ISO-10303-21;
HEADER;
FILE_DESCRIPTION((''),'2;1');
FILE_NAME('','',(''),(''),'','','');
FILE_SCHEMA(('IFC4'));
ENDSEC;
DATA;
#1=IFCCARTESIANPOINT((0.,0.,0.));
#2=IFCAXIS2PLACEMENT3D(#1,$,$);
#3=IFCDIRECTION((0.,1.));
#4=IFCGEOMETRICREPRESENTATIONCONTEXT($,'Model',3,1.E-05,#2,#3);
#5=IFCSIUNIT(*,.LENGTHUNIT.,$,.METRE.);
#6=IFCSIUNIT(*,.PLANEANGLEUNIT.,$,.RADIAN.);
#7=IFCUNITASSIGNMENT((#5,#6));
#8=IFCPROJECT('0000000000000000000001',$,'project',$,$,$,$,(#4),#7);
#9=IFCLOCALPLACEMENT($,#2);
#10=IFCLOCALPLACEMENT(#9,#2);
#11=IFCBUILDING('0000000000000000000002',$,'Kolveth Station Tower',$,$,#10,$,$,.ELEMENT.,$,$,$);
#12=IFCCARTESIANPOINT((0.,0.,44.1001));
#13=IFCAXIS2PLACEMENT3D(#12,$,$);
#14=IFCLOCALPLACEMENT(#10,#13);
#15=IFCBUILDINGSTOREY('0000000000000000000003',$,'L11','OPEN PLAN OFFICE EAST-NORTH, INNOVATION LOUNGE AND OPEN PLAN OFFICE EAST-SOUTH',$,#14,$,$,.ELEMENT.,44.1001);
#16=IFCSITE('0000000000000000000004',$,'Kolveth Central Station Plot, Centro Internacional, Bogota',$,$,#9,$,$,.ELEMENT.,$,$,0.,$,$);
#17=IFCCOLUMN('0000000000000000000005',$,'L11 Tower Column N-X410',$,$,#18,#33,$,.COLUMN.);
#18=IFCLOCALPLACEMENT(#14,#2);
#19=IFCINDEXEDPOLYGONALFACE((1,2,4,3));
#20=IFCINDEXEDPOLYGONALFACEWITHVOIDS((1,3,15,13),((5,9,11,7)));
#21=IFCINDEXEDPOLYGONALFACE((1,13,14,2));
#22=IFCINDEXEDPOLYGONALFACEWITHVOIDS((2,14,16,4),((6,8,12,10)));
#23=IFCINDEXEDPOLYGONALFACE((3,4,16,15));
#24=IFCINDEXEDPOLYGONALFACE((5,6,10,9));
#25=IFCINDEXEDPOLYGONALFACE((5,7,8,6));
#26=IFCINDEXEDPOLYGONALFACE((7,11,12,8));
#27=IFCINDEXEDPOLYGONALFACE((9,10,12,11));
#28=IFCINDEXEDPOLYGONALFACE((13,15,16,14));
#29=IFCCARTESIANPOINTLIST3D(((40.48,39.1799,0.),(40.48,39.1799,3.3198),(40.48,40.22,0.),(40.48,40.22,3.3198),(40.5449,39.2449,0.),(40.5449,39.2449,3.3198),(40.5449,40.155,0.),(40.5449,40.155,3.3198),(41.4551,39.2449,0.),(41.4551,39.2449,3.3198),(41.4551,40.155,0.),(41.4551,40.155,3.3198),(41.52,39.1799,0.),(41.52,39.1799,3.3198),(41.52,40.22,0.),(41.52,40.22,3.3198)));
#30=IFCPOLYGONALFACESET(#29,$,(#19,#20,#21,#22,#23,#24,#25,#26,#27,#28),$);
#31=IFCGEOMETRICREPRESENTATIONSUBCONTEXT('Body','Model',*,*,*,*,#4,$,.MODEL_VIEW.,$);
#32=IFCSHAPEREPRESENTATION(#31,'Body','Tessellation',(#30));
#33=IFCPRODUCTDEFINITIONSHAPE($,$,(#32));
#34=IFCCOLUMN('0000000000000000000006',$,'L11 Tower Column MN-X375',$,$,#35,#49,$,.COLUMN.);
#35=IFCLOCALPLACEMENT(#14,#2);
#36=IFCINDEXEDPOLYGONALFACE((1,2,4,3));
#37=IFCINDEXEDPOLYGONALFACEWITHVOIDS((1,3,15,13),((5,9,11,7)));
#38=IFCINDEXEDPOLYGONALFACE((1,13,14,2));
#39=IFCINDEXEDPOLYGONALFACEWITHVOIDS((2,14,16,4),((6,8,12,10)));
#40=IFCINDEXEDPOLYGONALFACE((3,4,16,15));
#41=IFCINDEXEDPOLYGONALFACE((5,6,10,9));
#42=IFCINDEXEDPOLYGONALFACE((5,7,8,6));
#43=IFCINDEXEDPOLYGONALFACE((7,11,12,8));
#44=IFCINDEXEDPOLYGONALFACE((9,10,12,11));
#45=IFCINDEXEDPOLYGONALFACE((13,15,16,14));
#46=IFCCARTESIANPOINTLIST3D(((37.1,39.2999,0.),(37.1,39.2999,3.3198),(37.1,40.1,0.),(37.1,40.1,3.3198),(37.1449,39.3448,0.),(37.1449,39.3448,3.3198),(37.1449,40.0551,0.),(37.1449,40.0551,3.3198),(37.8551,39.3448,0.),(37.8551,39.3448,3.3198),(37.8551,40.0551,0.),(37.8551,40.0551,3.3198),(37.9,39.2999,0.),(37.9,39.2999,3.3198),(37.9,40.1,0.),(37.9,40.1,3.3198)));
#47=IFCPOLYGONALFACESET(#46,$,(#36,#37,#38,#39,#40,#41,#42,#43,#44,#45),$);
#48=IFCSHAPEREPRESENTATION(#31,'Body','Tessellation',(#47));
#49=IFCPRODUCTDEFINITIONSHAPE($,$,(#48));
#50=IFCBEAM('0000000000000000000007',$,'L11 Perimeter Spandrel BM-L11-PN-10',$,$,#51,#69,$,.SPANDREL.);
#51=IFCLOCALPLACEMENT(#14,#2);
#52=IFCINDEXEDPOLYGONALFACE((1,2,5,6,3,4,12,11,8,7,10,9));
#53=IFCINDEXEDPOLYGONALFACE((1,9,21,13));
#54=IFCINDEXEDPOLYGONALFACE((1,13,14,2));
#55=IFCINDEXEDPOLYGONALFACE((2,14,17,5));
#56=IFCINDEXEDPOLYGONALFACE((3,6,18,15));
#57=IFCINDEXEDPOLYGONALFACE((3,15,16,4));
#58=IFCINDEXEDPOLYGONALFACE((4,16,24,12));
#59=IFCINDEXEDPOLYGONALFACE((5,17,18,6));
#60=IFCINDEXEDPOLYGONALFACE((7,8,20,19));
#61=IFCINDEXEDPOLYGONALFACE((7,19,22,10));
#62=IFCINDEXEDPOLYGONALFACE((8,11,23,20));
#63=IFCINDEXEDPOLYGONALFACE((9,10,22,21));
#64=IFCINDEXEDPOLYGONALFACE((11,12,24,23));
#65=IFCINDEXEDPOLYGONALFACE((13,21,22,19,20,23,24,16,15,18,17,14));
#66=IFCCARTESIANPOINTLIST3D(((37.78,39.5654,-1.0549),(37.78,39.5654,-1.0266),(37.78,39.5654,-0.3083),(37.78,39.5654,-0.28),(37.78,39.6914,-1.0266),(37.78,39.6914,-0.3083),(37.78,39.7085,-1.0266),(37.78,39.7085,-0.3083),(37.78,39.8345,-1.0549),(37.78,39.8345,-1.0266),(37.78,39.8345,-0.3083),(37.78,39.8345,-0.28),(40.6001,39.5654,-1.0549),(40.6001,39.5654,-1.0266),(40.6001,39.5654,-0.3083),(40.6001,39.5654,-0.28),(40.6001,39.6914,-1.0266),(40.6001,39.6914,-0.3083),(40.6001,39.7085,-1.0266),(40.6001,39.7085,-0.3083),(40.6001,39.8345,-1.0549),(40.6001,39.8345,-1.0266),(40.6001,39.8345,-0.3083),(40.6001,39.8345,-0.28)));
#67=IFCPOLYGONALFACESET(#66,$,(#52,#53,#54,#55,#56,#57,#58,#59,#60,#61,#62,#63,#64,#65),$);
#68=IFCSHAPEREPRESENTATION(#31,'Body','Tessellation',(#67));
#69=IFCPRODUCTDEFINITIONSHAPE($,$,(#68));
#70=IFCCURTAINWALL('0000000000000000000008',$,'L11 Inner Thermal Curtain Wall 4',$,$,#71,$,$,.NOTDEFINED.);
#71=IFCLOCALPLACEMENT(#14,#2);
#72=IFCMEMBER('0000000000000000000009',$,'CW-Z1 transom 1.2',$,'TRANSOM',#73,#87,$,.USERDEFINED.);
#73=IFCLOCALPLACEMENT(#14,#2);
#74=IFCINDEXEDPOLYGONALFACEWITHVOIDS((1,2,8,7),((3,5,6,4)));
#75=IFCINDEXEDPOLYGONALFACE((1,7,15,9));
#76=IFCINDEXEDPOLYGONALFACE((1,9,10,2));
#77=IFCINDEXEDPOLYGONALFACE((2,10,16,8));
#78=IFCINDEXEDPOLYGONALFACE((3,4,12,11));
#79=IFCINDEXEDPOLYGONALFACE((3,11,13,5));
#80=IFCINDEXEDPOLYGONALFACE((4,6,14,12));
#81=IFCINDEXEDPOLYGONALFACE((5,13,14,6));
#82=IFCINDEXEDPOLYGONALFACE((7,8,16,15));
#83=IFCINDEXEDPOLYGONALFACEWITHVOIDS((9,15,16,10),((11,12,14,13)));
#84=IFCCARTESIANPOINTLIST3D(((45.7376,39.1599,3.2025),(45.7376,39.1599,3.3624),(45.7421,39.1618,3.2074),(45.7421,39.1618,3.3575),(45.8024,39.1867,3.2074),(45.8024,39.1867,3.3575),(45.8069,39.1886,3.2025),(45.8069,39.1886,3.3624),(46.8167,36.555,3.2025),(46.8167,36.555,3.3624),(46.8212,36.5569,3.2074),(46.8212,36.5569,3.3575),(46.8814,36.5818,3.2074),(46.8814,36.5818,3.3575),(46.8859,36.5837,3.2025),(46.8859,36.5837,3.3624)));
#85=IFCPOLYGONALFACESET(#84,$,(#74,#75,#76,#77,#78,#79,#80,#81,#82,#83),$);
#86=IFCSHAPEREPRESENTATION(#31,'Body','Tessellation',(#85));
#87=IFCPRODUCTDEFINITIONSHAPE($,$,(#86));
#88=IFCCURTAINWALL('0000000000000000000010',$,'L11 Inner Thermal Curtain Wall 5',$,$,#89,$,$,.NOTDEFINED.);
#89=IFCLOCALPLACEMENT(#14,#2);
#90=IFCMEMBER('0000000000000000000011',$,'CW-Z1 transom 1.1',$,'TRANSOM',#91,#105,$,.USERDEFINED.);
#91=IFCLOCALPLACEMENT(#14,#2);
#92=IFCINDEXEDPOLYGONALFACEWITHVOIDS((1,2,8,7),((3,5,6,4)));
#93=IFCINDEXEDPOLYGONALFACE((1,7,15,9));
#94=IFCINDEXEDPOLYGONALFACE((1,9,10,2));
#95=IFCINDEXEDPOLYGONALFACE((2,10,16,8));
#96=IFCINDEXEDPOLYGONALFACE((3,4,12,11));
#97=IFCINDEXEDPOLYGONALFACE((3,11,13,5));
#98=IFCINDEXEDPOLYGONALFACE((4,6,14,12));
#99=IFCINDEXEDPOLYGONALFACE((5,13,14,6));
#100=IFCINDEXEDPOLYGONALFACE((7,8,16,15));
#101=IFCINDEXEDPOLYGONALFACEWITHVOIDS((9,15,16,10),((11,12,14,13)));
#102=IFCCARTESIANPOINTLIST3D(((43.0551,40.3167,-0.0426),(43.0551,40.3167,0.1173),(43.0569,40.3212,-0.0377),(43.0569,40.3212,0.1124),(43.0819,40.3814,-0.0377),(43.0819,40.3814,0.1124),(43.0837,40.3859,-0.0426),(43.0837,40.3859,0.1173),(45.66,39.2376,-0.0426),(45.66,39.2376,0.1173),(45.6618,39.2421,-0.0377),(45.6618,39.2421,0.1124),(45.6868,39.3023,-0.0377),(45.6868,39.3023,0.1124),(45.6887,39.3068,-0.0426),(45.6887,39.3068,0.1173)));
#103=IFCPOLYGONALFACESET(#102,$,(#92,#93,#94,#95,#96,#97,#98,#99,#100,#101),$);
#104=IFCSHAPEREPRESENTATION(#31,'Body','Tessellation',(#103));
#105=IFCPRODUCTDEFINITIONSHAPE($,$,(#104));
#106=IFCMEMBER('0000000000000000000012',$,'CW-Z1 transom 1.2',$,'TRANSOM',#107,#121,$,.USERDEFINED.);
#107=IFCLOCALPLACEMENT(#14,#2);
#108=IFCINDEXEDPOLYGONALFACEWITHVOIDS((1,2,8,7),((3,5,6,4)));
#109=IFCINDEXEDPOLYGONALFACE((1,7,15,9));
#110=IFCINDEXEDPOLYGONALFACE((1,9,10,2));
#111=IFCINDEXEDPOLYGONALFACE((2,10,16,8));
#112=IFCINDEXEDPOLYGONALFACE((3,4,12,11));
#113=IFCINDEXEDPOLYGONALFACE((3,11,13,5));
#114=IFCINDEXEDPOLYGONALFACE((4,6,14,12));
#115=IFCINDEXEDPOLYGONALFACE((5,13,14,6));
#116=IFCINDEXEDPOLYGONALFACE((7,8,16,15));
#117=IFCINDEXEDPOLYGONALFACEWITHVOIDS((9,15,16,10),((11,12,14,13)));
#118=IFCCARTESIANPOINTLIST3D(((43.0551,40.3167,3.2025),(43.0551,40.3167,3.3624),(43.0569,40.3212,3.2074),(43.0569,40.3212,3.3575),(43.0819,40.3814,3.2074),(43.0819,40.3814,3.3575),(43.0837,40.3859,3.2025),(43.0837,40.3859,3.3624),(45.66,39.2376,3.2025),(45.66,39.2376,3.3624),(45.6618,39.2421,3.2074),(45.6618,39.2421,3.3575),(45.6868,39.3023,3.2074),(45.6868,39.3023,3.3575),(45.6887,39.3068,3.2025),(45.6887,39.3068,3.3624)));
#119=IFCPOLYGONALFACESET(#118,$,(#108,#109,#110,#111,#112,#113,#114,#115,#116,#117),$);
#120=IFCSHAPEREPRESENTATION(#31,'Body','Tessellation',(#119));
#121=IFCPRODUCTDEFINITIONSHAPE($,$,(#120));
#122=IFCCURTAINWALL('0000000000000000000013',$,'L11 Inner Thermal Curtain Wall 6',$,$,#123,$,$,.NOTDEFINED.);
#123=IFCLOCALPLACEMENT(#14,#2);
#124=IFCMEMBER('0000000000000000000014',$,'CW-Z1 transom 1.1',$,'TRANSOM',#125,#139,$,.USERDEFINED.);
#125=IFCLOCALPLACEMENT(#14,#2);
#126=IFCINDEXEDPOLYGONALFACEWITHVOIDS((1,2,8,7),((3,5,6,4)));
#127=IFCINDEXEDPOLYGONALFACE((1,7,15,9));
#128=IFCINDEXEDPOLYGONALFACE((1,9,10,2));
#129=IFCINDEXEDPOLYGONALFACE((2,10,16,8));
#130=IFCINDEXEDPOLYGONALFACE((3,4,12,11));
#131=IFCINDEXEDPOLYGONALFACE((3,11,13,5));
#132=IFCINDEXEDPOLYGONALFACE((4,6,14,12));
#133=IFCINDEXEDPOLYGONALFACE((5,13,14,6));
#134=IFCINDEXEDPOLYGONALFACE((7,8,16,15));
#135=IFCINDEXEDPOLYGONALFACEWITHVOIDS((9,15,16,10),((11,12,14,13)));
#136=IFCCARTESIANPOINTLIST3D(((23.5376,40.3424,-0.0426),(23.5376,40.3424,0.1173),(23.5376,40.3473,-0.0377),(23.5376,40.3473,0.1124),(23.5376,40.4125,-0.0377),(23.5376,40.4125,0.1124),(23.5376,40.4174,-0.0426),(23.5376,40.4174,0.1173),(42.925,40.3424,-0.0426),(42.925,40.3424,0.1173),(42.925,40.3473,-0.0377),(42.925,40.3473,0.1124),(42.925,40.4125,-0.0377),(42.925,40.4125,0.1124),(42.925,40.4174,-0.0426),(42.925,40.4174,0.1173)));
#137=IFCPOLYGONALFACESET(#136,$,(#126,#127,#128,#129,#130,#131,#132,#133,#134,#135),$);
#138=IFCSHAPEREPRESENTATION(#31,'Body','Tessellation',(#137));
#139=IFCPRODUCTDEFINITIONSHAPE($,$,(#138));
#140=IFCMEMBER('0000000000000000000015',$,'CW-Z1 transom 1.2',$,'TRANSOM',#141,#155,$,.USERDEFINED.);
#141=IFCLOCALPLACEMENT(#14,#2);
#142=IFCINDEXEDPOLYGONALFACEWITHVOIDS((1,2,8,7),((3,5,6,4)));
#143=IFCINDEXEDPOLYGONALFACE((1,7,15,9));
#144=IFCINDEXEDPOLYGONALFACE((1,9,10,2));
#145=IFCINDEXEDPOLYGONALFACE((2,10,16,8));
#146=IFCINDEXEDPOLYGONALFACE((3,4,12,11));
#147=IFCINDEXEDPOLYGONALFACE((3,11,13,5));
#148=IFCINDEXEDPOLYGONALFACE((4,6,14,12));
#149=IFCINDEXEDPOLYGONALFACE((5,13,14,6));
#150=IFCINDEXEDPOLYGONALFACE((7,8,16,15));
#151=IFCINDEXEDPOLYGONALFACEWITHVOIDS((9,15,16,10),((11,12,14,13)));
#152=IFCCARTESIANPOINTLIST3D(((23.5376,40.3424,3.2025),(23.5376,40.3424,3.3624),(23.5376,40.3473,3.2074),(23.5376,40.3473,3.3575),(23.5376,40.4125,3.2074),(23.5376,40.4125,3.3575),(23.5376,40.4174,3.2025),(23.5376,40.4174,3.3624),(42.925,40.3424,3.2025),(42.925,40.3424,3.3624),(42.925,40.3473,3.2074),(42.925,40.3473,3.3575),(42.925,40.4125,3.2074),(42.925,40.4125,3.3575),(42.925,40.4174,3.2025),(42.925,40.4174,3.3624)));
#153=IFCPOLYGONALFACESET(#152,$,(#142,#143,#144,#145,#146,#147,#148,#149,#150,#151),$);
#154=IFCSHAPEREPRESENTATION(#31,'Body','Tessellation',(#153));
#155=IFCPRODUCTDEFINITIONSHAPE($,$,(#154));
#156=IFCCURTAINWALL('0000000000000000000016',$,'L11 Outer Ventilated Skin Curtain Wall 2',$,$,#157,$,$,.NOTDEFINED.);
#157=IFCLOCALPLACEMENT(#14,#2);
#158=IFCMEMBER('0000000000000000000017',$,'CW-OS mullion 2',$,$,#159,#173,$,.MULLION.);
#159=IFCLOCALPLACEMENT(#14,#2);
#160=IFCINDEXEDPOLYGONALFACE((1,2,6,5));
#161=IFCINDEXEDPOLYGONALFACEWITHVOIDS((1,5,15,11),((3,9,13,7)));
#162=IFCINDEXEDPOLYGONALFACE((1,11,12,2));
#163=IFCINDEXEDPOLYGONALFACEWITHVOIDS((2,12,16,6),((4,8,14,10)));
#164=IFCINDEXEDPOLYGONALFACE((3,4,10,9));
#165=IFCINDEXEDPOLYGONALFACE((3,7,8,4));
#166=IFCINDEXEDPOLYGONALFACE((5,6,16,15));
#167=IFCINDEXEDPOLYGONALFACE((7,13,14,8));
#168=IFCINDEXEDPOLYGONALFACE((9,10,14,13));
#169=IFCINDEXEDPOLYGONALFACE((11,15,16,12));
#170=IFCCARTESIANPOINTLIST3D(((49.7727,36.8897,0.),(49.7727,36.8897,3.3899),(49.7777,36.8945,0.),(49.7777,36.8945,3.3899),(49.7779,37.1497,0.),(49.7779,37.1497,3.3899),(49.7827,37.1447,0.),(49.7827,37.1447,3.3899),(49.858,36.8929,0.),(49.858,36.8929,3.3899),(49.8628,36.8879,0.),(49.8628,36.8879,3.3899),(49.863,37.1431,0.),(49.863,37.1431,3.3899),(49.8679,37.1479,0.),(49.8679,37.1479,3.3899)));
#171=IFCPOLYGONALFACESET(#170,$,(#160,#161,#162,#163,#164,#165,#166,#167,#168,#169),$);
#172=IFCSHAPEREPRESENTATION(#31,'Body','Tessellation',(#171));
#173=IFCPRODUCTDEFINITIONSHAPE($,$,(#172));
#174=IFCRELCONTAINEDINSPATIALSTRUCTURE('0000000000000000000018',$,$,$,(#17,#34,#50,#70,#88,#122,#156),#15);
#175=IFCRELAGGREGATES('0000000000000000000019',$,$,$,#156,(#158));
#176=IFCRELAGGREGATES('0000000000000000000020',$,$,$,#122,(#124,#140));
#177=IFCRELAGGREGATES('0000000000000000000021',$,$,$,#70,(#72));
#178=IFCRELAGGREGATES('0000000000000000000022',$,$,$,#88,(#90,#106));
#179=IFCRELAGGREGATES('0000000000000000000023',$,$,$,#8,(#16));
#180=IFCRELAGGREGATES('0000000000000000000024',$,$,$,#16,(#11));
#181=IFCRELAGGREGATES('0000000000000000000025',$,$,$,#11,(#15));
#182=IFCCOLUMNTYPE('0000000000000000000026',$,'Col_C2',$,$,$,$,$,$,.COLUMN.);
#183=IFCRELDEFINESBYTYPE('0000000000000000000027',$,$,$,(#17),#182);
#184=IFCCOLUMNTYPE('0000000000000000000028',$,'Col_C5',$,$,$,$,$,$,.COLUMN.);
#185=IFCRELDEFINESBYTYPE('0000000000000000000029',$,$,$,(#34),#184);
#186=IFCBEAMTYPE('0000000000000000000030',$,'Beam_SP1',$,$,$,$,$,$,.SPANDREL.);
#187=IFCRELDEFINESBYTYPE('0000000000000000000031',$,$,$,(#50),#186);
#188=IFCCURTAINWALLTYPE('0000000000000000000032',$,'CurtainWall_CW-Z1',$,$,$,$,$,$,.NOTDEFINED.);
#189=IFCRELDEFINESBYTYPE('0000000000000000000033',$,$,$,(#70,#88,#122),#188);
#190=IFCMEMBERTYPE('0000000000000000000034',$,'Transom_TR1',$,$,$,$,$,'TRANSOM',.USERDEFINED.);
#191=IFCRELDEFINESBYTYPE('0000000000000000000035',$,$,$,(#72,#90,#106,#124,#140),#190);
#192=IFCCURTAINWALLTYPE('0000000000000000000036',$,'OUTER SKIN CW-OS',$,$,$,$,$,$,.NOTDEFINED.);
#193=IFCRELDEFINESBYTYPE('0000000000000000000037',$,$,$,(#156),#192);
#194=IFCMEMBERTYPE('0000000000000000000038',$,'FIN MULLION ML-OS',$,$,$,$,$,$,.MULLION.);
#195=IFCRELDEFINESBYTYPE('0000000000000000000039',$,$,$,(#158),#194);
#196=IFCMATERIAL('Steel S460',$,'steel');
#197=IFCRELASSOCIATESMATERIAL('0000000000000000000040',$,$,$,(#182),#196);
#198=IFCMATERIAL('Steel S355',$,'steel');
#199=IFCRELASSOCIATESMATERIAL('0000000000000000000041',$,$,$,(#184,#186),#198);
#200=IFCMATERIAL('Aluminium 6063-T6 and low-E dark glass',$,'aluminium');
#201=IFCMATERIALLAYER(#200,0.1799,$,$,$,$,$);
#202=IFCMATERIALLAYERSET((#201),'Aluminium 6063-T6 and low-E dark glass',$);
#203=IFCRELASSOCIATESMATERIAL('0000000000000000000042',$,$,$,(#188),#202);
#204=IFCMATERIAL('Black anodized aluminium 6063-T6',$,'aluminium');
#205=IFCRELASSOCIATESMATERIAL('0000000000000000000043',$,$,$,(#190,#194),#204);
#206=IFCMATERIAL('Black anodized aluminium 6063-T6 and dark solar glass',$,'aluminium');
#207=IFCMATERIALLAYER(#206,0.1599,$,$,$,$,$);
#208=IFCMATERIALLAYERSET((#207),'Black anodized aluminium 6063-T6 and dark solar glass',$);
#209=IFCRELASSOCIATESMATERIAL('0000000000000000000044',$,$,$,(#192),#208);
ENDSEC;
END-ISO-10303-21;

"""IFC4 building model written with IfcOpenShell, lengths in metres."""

from ifc_helpers import new_model, si_unit, direction, frame, origin, origin_2d, place, context, subcontext, project, spatial, hollow_rectangle, i_section, extrude, source, transform, mapped, material, layer, layer_set, material_profile, profile_set, type_object, element, aggregate, save


model = new_model("IFC4")

# Units and contexts
model_context = context("Model", 3, precision=1e-05, world=origin(), true_north=direction((0.0, 1.0)))
body_context = subcontext(model_context, "Body", "Model", "MODEL_VIEW")
ifc_project = project(units=[si_unit("LENGTHUNIT", "METRE"), si_unit("PLANEANGLEUNIT", "RADIAN")], contexts=[model_context])

# Site, building, storey
site_placement = place(None, origin())
site = spatial("IfcSite", under=ifc_project, at=site_placement, Name="Kolveth Central Station Plot, Centro Internacional, Bogota", CompositionType="ELEMENT", RefElevation=0.0)
building_placement = place(site_placement, origin())
building = spatial("IfcBuilding", under=site, at=building_placement, Name="Kolveth Station Tower", CompositionType="ELEMENT")
storey_placement = place(building_placement, frame((0.0, 0.0, 44.1001)))
storey = spatial("IfcBuildingStorey", under=building, at=storey_placement, Name="L11", Description="OPEN PLAN OFFICE EAST-NORTH, INNOVATION LOUNGE AND OPEN PLAN OFFICE EAST-SOUTH", CompositionType="ELEMENT", Elevation=44.1001)

# Columns
ifc_material_1 = material(Name="Steel S460", Category="steel")
ifc_material_profile_1 = material_profile(ifc_material_1, hollow_rectangle(XDim=1.04, YDim=1.04, WallThickness=0.0649, at=origin_2d()), Name="BOX1040x1040x65")
ifc_profile_set_1 = profile_set([ifc_material_profile_1], Name="Steel S460")
column_type_1 = type_object("IfcColumnType", Name="Col_C2", PredefinedType="COLUMN", material=ifc_profile_set_1)
shared_shape_1 = source(origin(), body_context, "Body", "SweptSolid", [
    extrude(hollow_rectangle(XDim=1.04, YDim=1.04, WallThickness=0.0649, at=origin_2d()), origin(), (0.0, 0.0, 1.0), 3.3198),
])
column_1_placement = place(storey_placement, frame((41.0, 39.7, 0.0), z_axis=(0.0, 0.0, 1.0), x_axis=(1.0, 0.0, 0.0)))
element("IfcColumn", 1, at=column_1_placement, inside=storey, type_object=column_type_1, Name="L11 Tower Column N-X410", PredefinedType="COLUMN", context=body_context, shape_type="MappedRepresentation", body=[
    mapped(shared_shape_1, transform((0.0, 0.0, 0.0), x_axis=(1.0, 0.0, 0.0), y_axis=(0.0, 1.0, 0.0), z_axis=(0.0, 0.0, 1.0), scale=1.0)),
])
ifc_material_2 = material(Name="Steel S355", Category="steel")
ifc_material_profile_2 = material_profile(ifc_material_2, hollow_rectangle(XDim=0.8, YDim=0.8, WallThickness=0.0449, at=origin_2d()), Name="BOX800x800x45")
ifc_profile_set_2 = profile_set([ifc_material_profile_2], Name="Steel S355")
column_type_2 = type_object("IfcColumnType", Name="Col_C5", PredefinedType="COLUMN", material=ifc_profile_set_2)
shared_shape_2 = source(origin(), body_context, "Body", "SweptSolid", [
    extrude(hollow_rectangle(XDim=0.8, YDim=0.8, WallThickness=0.0449, at=origin_2d()), origin(), (0.0, 0.0, 1.0), 3.3198),
])
column_2_placement = place(storey_placement, frame((37.5, 39.7, 0.0), z_axis=(0.0, 0.0, 1.0), x_axis=(1.0, 0.0, 0.0)))
element("IfcColumn", 2, at=column_2_placement, inside=storey, type_object=column_type_2, Name="L11 Tower Column MN-X375", PredefinedType="COLUMN", context=body_context, shape_type="MappedRepresentation", body=[
    mapped(shared_shape_2, transform((0.0, 0.0, 0.0), x_axis=(1.0, 0.0, 0.0), y_axis=(0.0, 1.0, 0.0), z_axis=(0.0, 0.0, 1.0), scale=1.0)),
])

# Beam
ifc_material_profile_3 = material_profile(ifc_material_2, i_section(OverallWidth=0.269, OverallDepth=0.7749, WebThickness=0.0171, FlangeThickness=0.0283, at=origin_2d()), Name="W760x220")
ifc_profile_set_3 = profile_set([ifc_material_profile_3], Name="Steel S355")
beam_type = type_object("IfcBeamType", Name="Beam_SP1", PredefinedType="SPANDREL", material=ifc_profile_set_3)
shared_shape_3 = source(origin(), body_context, "Body", "SweptSolid", [
    extrude(i_section(OverallWidth=0.269, OverallDepth=0.7749, WebThickness=0.0171, FlangeThickness=0.0283, at=origin_2d()), origin(), (0.0, 0.0, 1.0), 2.8201),
])
beam_placement = place(storey_placement, frame((37.78, 39.7, -0.6675), z_axis=(1.0, 0.0, 0.0), x_axis=(0.0, 1.0, 0.0)))
element("IfcBeam", 3, at=beam_placement, inside=storey, type_object=beam_type, Name="L11 Perimeter Spandrel BM-L11-PN-10", PredefinedType="SPANDREL", context=body_context, shape_type="MappedRepresentation", body=[
    mapped(shared_shape_3, transform((0.0, 0.0, 0.0), x_axis=(1.0, 0.0, 0.0), y_axis=(0.0, 1.0, 0.0), z_axis=(0.0, 0.0, 1.0), scale=1.0)),
])

# Curtain wall, member
ifc_material_3 = material(Name="Aluminium 6063-T6 and low-E dark glass", Category="aluminium")
ifc_layer_1 = layer(ifc_material_3, 0.1799)
ifc_layer_set_1 = layer_set([ifc_layer_1], Name="Aluminium 6063-T6 and low-E dark glass")
curtain_wall_type_1 = type_object("IfcCurtainWallType", Name="CurtainWall_CW-Z1", PredefinedType="NOTDEFINED", material=ifc_layer_set_1)
curtain_wall_1_placement = place(storey_placement, origin())
curtain_wall_1 = element("IfcCurtainWall", 4, at=curtain_wall_1_placement, inside=storey, type_object=curtain_wall_type_1, Name="L11 Inner Thermal Curtain Wall 4", PredefinedType="NOTDEFINED")
ifc_material_4 = material(Name="Black anodized aluminium 6063-T6", Category="aluminium")
ifc_material_profile_4 = material_profile(ifc_material_4, hollow_rectangle(XDim=0.075, YDim=0.1599, WallThickness=0.0049, at=origin_2d()), Name="ALU-75x160x5")
ifc_profile_set_4 = profile_set([ifc_material_profile_4], Name="Black anodized aluminium 6063-T6")
member_type_1 = type_object("IfcMemberType", Name="Transom_TR1", ElementType="TRANSOM", PredefinedType="USERDEFINED", material=ifc_profile_set_4)
shared_shape_4 = source(origin(), body_context, "Body", "SweptSolid", [
    extrude(hollow_rectangle(XDim=0.075, YDim=0.1599, WallThickness=0.0049, at=origin_2d()), origin(), (0.0, 0.0, 1.0), 2.8196),
])
member_1_placement = place(storey_placement, frame((46.8513, 36.5693, 3.2825), z_axis=(-0.382709, 0.923869, 0.0), x_axis=(-0.923869, -0.382709, 0.0)))
member_1 = element("IfcMember", 5, at=member_1_placement, type_object=member_type_1, Name="CW-Z1 transom 1.2", ObjectType="TRANSOM", PredefinedType="USERDEFINED", context=body_context, shape_type="MappedRepresentation", body=[
    mapped(shared_shape_4, transform((0.0, 0.0, 0.0), x_axis=(1.0, 0.0, 0.0), y_axis=(0.0, 1.0, 0.0), z_axis=(0.0, 0.0, 1.0), scale=1.0)),
])

# Curtain walls, members
curtain_wall_2_placement = place(storey_placement, origin())
curtain_wall_2 = element("IfcCurtainWall", 6, at=curtain_wall_2_placement, inside=storey, type_object=curtain_wall_type_1, Name="L11 Inner Thermal Curtain Wall 5", PredefinedType="NOTDEFINED")
member_2_placement = place(storey_placement, frame((45.6743, 39.2722, 0.0374), z_axis=(-0.923869, 0.382709, 0.0), x_axis=(-0.382709, -0.923869, 0.0)))
member_2 = element("IfcMember", 7, at=member_2_placement, type_object=member_type_1, Name="CW-Z1 transom 1.1", ObjectType="TRANSOM", PredefinedType="USERDEFINED", context=body_context, shape_type="MappedRepresentation", body=[
    mapped(shared_shape_4, transform((0.0, 0.0, 0.0), x_axis=(1.0, 0.0, 0.0), y_axis=(0.0, 1.0, 0.0), z_axis=(0.0, 0.0, 1.0), scale=1.0)),
])
member_3_placement = place(storey_placement, frame((45.6743, 39.2722, 3.2825), z_axis=(-0.923869, 0.382709, 0.0), x_axis=(-0.382709, -0.923869, 0.0)))
member_3 = element("IfcMember", 8, at=member_3_placement, type_object=member_type_1, Name="CW-Z1 transom 1.2", ObjectType="TRANSOM", PredefinedType="USERDEFINED", context=body_context, shape_type="MappedRepresentation", body=[
    mapped(shared_shape_4, transform((0.0, 0.0, 0.0), x_axis=(1.0, 0.0, 0.0), y_axis=(0.0, 1.0, 0.0), z_axis=(0.0, 0.0, 1.0), scale=1.0)),
])
curtain_wall_3_placement = place(storey_placement, origin())
curtain_wall_3 = element("IfcCurtainWall", 9, at=curtain_wall_3_placement, inside=storey, type_object=curtain_wall_type_1, Name="L11 Inner Thermal Curtain Wall 6", PredefinedType="NOTDEFINED")
shared_shape_5 = source(origin(), body_context, "Body", "SweptSolid", [
    extrude(hollow_rectangle(XDim=0.075, YDim=0.1599, WallThickness=0.0049, at=origin_2d()), origin(), (0.0, 0.0, 1.0), 19.3875),
])
member_4_placement = place(storey_placement, frame((42.925, 40.3799, 0.0374), z_axis=(-1.0, 0.0, 0.0), x_axis=(0.0, -1.0, 0.0)))
member_4 = element("IfcMember", 10, at=member_4_placement, type_object=member_type_1, Name="CW-Z1 transom 1.1", ObjectType="TRANSOM", PredefinedType="USERDEFINED", context=body_context, shape_type="MappedRepresentation", body=[
    mapped(shared_shape_5, transform((0.0, 0.0, 0.0), x_axis=(1.0, 0.0, 0.0), y_axis=(0.0, 1.0, 0.0), z_axis=(0.0, 0.0, 1.0), scale=1.0)),
])
member_5_placement = place(storey_placement, frame((42.925, 40.3799, 3.2825), z_axis=(-1.0, 0.0, 0.0), x_axis=(0.0, -1.0, 0.0)))
member_5 = element("IfcMember", 11, at=member_5_placement, type_object=member_type_1, Name="CW-Z1 transom 1.2", ObjectType="TRANSOM", PredefinedType="USERDEFINED", context=body_context, shape_type="MappedRepresentation", body=[
    mapped(shared_shape_5, transform((0.0, 0.0, 0.0), x_axis=(1.0, 0.0, 0.0), y_axis=(0.0, 1.0, 0.0), z_axis=(0.0, 0.0, 1.0), scale=1.0)),
])

# Curtain wall, member
ifc_material_5 = material(Name="Black anodized aluminium 6063-T6 and dark solar glass", Category="aluminium")
ifc_layer_2 = layer(ifc_material_5, 0.1599)
ifc_layer_set_2 = layer_set([ifc_layer_2], Name="Black anodized aluminium 6063-T6 and dark solar glass")
curtain_wall_type_2 = type_object("IfcCurtainWallType", Name="OUTER SKIN CW-OS", PredefinedType="NOTDEFINED", material=ifc_layer_set_2)
curtain_wall_4_placement = place(storey_placement, origin())
curtain_wall_4 = element("IfcCurtainWall", 12, at=curtain_wall_4_placement, inside=storey, type_object=curtain_wall_type_2, Name="L11 Outer Ventilated Skin Curtain Wall 2", PredefinedType="NOTDEFINED")
ifc_material_profile_5 = material_profile(ifc_material_4, hollow_rectangle(XDim=0.0901, YDim=0.26, WallThickness=0.0049, at=origin_2d()), Name="ALU-90x260x5")
ifc_profile_set_5 = profile_set([ifc_material_profile_5], Name="Black anodized aluminium 6063-T6")
member_type_2 = type_object("IfcMemberType", Name="FIN MULLION ML-OS", PredefinedType="MULLION", material=ifc_profile_set_5)
shared_shape_6 = source(origin(), body_context, "Body", "SweptSolid", [
    extrude(hollow_rectangle(XDim=0.0901, YDim=0.26, WallThickness=0.0049, at=origin_2d()), origin(), (0.0, 0.0, 1.0), 3.3899),
])
member_6_placement = place(storey_placement, frame((49.8203, 37.0188, 0.0), z_axis=(0.0, 0.0, 1.0), x_axis=(-0.9998, 0.019977, 0.0)))
member_6 = element("IfcMember", 13, at=member_6_placement, type_object=member_type_2, Name="CW-OS mullion 2", PredefinedType="MULLION", context=body_context, shape_type="MappedRepresentation", body=[
    mapped(shared_shape_6, transform((0.0, 0.0, 0.0), x_axis=(1.0, 0.0, 0.0), y_axis=(0.0, 1.0, 0.0), z_axis=(0.0, 0.0, 1.0), scale=1.0)),
])
aggregate(curtain_wall_4, [member_6])

aggregate(curtain_wall_3, [member_4, member_5])

aggregate(curtain_wall_1, [member_1])
aggregate(curtain_wall_2, [member_2, member_3])

save(model, "model.ifc")
